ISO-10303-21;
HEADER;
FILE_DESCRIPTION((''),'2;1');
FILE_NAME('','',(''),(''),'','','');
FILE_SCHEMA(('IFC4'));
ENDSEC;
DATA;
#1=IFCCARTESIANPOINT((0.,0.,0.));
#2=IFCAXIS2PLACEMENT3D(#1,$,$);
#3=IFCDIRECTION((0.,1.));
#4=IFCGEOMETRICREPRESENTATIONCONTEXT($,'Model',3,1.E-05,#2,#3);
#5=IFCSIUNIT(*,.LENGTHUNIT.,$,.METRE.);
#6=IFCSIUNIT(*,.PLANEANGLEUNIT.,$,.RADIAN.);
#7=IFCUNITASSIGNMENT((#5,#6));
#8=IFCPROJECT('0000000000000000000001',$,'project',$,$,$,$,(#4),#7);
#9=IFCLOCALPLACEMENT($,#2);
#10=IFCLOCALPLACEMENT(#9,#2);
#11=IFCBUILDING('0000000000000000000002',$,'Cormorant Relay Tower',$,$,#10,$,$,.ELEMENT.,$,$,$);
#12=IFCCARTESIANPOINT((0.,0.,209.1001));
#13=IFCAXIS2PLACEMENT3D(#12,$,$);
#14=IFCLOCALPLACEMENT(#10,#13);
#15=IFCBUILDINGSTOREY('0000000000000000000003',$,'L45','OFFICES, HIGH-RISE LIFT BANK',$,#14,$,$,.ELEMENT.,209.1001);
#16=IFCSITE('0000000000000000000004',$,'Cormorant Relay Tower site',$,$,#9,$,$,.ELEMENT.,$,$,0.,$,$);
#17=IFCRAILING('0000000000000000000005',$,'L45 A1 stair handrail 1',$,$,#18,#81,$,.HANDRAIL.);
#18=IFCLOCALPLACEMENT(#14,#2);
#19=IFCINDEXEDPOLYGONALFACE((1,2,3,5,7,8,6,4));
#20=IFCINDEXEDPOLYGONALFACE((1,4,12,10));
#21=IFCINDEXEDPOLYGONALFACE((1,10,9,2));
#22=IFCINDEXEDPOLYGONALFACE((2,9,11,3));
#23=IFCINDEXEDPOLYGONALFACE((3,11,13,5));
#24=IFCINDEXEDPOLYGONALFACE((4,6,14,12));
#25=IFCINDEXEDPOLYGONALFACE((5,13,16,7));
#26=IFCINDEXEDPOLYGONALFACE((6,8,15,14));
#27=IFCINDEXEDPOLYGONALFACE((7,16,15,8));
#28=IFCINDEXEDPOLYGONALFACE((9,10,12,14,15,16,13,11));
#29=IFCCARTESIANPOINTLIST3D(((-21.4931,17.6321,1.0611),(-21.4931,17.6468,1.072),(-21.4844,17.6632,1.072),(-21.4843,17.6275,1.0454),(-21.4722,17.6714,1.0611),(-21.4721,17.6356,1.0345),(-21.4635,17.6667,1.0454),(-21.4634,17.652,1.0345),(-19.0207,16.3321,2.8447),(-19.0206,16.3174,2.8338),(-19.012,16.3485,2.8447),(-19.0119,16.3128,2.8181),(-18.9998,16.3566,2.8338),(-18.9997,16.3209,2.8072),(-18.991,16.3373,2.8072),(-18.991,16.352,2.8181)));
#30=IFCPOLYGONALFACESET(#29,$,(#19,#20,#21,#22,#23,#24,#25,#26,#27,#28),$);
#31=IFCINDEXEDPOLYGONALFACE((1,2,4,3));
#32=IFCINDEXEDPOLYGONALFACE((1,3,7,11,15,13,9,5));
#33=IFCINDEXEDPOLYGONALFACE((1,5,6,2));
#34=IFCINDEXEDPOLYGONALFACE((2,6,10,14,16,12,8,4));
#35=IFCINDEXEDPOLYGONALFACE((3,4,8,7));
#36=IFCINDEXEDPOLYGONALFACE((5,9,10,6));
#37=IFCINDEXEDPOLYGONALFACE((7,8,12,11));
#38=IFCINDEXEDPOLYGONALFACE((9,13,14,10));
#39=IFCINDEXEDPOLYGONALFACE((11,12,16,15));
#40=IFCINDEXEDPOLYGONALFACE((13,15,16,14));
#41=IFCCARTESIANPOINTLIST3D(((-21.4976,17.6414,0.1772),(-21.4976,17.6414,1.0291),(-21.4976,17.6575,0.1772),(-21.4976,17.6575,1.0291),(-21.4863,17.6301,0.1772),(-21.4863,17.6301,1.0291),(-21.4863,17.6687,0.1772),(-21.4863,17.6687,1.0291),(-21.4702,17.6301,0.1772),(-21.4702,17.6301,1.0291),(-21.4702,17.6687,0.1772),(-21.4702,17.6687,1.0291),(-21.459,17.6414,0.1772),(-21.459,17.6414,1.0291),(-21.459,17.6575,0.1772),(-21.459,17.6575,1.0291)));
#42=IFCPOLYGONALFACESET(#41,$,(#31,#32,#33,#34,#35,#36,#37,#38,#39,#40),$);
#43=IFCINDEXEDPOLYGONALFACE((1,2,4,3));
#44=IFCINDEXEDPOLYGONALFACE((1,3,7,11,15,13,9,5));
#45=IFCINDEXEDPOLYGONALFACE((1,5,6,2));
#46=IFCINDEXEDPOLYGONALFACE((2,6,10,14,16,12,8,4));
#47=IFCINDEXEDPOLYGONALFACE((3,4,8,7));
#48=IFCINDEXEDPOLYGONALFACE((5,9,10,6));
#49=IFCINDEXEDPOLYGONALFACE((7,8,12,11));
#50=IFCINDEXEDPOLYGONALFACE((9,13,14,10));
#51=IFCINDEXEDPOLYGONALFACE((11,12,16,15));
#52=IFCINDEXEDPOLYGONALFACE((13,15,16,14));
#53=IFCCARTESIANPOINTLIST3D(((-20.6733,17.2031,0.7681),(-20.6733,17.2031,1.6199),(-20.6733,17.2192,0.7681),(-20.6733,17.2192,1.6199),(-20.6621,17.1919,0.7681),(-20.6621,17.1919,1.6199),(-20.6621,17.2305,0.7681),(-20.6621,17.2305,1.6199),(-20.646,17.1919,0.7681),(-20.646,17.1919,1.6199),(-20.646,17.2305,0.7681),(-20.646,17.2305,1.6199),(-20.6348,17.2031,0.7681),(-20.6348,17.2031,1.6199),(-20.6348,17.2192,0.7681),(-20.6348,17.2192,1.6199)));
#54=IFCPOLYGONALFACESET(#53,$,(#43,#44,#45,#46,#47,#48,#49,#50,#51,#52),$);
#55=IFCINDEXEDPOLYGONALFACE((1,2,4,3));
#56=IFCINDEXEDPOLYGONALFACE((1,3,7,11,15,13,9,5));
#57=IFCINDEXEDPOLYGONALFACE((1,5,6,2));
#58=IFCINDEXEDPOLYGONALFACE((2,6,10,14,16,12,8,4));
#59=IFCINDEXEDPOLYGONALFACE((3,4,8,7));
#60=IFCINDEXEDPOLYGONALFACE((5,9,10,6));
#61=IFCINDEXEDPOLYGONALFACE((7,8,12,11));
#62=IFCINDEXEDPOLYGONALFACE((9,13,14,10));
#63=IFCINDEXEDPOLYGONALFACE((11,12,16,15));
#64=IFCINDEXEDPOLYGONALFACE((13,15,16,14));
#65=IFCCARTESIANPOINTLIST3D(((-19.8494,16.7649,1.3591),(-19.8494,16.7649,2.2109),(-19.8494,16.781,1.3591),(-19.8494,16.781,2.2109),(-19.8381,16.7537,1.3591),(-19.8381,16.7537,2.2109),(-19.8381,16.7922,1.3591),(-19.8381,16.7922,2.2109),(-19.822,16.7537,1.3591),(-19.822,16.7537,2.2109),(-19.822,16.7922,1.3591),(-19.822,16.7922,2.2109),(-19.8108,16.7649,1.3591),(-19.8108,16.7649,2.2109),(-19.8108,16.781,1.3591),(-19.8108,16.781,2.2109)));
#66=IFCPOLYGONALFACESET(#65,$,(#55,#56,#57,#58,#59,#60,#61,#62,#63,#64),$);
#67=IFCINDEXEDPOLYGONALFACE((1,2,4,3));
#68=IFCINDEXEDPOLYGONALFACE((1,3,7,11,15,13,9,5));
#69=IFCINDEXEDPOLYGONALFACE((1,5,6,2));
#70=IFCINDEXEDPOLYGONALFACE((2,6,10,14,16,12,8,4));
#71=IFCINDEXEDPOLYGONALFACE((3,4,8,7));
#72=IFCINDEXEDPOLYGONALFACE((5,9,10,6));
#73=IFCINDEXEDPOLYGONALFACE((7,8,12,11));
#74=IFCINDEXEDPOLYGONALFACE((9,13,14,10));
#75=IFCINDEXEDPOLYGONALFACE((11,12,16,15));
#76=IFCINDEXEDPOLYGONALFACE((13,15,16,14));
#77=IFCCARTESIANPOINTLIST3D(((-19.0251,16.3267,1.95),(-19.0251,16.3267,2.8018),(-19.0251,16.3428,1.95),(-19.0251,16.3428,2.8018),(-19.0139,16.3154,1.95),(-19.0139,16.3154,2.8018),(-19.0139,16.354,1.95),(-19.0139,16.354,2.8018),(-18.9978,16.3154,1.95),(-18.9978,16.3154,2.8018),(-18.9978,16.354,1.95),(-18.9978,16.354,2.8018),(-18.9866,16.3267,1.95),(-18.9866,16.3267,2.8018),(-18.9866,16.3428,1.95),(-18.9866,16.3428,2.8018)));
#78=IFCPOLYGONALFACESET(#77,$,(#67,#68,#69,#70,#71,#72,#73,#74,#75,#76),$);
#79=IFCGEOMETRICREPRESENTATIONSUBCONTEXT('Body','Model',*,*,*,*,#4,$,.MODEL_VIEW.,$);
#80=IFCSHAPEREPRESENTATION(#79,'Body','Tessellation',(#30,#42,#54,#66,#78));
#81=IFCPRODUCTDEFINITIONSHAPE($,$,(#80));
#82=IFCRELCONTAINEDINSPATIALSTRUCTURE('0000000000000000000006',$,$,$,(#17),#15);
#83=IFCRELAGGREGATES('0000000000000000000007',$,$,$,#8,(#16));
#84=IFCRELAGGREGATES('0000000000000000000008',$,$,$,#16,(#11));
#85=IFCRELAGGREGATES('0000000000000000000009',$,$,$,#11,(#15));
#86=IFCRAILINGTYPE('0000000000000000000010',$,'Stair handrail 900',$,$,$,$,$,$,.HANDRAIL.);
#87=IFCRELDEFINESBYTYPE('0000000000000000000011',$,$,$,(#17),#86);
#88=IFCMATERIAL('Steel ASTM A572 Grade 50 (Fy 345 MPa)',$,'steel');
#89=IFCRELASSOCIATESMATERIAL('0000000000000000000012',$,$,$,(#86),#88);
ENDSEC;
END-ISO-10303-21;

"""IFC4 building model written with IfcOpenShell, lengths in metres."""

from ifc_helpers import new_model, si_unit, direction, frame, origin, place, context, subcontext, project, spatial, polyline, outline, extrude, material, type_object, element, save


model = new_model("IFC4")

# Units and contexts
model_context = context("Model", 3, precision=1e-05, world=origin(), true_north=direction((0.0, 1.0)))
body_context = subcontext(model_context, "Body", "Model", "MODEL_VIEW")
ifc_project = project(units=[si_unit("LENGTHUNIT", "METRE"), si_unit("PLANEANGLEUNIT", "RADIAN")], contexts=[model_context])

# Site, building, storey
site_placement = place(None, origin())
site = spatial("IfcSite", under=ifc_project, at=site_placement, Name="Cormorant Relay Tower site", CompositionType="ELEMENT", RefElevation=0.0)
building_placement = place(site_placement, origin())
building = spatial("IfcBuilding", under=site, at=building_placement, Name="Cormorant Relay Tower", CompositionType="ELEMENT")
storey_placement = place(building_placement, frame((0.0, 0.0, 209.1001)))
storey = spatial("IfcBuildingStorey", under=building, at=storey_placement, Name="L45", Description="OFFICES, HIGH-RISE LIFT BANK", CompositionType="ELEMENT", Elevation=209.1001)

# Railing
ifc_material_1 = material(Name="Steel ASTM A572 Grade 50 (Fy 345 MPa)", Category="steel")
railing_type = type_object("IfcRailingType", Name="Stair handrail 900", PredefinedType="HANDRAIL", material=ifc_material_1)
railing_placement = place(storey_placement, frame((-21.4783, 17.6494, 0.1772)))
element("IfcRailing", 1, at=railing_placement, inside=storey, type_object=railing_type, Name="L45 A1 stair handrail 1", PredefinedType="HANDRAIL", context=body_context, shape_type="SweptSolid", body=[
    extrude(outline(polyline([(0.0222, 0.0093), (0.0093, 0.0222), (-0.0093, 0.0222), (-0.0222, 0.0093), (-0.0222, -0.0093), (-0.0093, -0.0222), (0.0093, -0.0222), (0.0222, -0.0093), (0.0222, 0.0093)])), frame((0.0, 0.0, 0.876), z_axis=(0.746012, -0.39669, 0.534886), x_axis=(0.469497, 0.882934, 0.0)), (0.0, 0.0, 1.0), 3.3142),
    extrude(outline(polyline([(0.0193, 0.0081), (0.0081, 0.0193), (-0.0081, 0.0193), (-0.0193, 0.0081), (-0.0193, -0.0081), (-0.0081, -0.0193), (0.0081, -0.0193), (0.0193, -0.0081), (0.0193, 0.0081)])), origin(), (0.0, 0.0, 1.0), 0.8518),
    extrude(outline(polyline([(0.0193, 0.0081), (0.0081, 0.0193), (-0.0081, 0.0193), (-0.0193, 0.0081), (-0.0193, -0.0081), (-0.0081, -0.0193), (0.0081, -0.0193), (0.0193, -0.0081), (0.0193, 0.0081)])), frame((0.8242, -0.4382, 0.5908)), (0.0, 0.0, 1.0), 0.8518),
    extrude(outline(polyline([(0.0193, 0.0081), (0.0081, 0.0193), (-0.0081, 0.0193), (-0.0193, 0.0081), (-0.0193, -0.0081), (-0.0081, -0.0193), (0.0081, -0.0193), (0.0193, -0.0081), (0.0193, 0.0081)])), frame((1.6482, -0.8765, 1.1819)), (0.0, 0.0, 1.0), 0.8518),
    extrude(outline(polyline([(0.0193, 0.0081), (0.0081, 0.0193), (-0.0081, 0.0193), (-0.0193, 0.0081), (-0.0193, -0.0081), (-0.0081, -0.0193), (0.0081, -0.0193), (0.0193, -0.0081), (0.0193, 0.0081)])), frame((2.4724, -1.3147, 1.7727)), (0.0, 0.0, 1.0), 0.8518),
])

save(model, "model.ifc")
